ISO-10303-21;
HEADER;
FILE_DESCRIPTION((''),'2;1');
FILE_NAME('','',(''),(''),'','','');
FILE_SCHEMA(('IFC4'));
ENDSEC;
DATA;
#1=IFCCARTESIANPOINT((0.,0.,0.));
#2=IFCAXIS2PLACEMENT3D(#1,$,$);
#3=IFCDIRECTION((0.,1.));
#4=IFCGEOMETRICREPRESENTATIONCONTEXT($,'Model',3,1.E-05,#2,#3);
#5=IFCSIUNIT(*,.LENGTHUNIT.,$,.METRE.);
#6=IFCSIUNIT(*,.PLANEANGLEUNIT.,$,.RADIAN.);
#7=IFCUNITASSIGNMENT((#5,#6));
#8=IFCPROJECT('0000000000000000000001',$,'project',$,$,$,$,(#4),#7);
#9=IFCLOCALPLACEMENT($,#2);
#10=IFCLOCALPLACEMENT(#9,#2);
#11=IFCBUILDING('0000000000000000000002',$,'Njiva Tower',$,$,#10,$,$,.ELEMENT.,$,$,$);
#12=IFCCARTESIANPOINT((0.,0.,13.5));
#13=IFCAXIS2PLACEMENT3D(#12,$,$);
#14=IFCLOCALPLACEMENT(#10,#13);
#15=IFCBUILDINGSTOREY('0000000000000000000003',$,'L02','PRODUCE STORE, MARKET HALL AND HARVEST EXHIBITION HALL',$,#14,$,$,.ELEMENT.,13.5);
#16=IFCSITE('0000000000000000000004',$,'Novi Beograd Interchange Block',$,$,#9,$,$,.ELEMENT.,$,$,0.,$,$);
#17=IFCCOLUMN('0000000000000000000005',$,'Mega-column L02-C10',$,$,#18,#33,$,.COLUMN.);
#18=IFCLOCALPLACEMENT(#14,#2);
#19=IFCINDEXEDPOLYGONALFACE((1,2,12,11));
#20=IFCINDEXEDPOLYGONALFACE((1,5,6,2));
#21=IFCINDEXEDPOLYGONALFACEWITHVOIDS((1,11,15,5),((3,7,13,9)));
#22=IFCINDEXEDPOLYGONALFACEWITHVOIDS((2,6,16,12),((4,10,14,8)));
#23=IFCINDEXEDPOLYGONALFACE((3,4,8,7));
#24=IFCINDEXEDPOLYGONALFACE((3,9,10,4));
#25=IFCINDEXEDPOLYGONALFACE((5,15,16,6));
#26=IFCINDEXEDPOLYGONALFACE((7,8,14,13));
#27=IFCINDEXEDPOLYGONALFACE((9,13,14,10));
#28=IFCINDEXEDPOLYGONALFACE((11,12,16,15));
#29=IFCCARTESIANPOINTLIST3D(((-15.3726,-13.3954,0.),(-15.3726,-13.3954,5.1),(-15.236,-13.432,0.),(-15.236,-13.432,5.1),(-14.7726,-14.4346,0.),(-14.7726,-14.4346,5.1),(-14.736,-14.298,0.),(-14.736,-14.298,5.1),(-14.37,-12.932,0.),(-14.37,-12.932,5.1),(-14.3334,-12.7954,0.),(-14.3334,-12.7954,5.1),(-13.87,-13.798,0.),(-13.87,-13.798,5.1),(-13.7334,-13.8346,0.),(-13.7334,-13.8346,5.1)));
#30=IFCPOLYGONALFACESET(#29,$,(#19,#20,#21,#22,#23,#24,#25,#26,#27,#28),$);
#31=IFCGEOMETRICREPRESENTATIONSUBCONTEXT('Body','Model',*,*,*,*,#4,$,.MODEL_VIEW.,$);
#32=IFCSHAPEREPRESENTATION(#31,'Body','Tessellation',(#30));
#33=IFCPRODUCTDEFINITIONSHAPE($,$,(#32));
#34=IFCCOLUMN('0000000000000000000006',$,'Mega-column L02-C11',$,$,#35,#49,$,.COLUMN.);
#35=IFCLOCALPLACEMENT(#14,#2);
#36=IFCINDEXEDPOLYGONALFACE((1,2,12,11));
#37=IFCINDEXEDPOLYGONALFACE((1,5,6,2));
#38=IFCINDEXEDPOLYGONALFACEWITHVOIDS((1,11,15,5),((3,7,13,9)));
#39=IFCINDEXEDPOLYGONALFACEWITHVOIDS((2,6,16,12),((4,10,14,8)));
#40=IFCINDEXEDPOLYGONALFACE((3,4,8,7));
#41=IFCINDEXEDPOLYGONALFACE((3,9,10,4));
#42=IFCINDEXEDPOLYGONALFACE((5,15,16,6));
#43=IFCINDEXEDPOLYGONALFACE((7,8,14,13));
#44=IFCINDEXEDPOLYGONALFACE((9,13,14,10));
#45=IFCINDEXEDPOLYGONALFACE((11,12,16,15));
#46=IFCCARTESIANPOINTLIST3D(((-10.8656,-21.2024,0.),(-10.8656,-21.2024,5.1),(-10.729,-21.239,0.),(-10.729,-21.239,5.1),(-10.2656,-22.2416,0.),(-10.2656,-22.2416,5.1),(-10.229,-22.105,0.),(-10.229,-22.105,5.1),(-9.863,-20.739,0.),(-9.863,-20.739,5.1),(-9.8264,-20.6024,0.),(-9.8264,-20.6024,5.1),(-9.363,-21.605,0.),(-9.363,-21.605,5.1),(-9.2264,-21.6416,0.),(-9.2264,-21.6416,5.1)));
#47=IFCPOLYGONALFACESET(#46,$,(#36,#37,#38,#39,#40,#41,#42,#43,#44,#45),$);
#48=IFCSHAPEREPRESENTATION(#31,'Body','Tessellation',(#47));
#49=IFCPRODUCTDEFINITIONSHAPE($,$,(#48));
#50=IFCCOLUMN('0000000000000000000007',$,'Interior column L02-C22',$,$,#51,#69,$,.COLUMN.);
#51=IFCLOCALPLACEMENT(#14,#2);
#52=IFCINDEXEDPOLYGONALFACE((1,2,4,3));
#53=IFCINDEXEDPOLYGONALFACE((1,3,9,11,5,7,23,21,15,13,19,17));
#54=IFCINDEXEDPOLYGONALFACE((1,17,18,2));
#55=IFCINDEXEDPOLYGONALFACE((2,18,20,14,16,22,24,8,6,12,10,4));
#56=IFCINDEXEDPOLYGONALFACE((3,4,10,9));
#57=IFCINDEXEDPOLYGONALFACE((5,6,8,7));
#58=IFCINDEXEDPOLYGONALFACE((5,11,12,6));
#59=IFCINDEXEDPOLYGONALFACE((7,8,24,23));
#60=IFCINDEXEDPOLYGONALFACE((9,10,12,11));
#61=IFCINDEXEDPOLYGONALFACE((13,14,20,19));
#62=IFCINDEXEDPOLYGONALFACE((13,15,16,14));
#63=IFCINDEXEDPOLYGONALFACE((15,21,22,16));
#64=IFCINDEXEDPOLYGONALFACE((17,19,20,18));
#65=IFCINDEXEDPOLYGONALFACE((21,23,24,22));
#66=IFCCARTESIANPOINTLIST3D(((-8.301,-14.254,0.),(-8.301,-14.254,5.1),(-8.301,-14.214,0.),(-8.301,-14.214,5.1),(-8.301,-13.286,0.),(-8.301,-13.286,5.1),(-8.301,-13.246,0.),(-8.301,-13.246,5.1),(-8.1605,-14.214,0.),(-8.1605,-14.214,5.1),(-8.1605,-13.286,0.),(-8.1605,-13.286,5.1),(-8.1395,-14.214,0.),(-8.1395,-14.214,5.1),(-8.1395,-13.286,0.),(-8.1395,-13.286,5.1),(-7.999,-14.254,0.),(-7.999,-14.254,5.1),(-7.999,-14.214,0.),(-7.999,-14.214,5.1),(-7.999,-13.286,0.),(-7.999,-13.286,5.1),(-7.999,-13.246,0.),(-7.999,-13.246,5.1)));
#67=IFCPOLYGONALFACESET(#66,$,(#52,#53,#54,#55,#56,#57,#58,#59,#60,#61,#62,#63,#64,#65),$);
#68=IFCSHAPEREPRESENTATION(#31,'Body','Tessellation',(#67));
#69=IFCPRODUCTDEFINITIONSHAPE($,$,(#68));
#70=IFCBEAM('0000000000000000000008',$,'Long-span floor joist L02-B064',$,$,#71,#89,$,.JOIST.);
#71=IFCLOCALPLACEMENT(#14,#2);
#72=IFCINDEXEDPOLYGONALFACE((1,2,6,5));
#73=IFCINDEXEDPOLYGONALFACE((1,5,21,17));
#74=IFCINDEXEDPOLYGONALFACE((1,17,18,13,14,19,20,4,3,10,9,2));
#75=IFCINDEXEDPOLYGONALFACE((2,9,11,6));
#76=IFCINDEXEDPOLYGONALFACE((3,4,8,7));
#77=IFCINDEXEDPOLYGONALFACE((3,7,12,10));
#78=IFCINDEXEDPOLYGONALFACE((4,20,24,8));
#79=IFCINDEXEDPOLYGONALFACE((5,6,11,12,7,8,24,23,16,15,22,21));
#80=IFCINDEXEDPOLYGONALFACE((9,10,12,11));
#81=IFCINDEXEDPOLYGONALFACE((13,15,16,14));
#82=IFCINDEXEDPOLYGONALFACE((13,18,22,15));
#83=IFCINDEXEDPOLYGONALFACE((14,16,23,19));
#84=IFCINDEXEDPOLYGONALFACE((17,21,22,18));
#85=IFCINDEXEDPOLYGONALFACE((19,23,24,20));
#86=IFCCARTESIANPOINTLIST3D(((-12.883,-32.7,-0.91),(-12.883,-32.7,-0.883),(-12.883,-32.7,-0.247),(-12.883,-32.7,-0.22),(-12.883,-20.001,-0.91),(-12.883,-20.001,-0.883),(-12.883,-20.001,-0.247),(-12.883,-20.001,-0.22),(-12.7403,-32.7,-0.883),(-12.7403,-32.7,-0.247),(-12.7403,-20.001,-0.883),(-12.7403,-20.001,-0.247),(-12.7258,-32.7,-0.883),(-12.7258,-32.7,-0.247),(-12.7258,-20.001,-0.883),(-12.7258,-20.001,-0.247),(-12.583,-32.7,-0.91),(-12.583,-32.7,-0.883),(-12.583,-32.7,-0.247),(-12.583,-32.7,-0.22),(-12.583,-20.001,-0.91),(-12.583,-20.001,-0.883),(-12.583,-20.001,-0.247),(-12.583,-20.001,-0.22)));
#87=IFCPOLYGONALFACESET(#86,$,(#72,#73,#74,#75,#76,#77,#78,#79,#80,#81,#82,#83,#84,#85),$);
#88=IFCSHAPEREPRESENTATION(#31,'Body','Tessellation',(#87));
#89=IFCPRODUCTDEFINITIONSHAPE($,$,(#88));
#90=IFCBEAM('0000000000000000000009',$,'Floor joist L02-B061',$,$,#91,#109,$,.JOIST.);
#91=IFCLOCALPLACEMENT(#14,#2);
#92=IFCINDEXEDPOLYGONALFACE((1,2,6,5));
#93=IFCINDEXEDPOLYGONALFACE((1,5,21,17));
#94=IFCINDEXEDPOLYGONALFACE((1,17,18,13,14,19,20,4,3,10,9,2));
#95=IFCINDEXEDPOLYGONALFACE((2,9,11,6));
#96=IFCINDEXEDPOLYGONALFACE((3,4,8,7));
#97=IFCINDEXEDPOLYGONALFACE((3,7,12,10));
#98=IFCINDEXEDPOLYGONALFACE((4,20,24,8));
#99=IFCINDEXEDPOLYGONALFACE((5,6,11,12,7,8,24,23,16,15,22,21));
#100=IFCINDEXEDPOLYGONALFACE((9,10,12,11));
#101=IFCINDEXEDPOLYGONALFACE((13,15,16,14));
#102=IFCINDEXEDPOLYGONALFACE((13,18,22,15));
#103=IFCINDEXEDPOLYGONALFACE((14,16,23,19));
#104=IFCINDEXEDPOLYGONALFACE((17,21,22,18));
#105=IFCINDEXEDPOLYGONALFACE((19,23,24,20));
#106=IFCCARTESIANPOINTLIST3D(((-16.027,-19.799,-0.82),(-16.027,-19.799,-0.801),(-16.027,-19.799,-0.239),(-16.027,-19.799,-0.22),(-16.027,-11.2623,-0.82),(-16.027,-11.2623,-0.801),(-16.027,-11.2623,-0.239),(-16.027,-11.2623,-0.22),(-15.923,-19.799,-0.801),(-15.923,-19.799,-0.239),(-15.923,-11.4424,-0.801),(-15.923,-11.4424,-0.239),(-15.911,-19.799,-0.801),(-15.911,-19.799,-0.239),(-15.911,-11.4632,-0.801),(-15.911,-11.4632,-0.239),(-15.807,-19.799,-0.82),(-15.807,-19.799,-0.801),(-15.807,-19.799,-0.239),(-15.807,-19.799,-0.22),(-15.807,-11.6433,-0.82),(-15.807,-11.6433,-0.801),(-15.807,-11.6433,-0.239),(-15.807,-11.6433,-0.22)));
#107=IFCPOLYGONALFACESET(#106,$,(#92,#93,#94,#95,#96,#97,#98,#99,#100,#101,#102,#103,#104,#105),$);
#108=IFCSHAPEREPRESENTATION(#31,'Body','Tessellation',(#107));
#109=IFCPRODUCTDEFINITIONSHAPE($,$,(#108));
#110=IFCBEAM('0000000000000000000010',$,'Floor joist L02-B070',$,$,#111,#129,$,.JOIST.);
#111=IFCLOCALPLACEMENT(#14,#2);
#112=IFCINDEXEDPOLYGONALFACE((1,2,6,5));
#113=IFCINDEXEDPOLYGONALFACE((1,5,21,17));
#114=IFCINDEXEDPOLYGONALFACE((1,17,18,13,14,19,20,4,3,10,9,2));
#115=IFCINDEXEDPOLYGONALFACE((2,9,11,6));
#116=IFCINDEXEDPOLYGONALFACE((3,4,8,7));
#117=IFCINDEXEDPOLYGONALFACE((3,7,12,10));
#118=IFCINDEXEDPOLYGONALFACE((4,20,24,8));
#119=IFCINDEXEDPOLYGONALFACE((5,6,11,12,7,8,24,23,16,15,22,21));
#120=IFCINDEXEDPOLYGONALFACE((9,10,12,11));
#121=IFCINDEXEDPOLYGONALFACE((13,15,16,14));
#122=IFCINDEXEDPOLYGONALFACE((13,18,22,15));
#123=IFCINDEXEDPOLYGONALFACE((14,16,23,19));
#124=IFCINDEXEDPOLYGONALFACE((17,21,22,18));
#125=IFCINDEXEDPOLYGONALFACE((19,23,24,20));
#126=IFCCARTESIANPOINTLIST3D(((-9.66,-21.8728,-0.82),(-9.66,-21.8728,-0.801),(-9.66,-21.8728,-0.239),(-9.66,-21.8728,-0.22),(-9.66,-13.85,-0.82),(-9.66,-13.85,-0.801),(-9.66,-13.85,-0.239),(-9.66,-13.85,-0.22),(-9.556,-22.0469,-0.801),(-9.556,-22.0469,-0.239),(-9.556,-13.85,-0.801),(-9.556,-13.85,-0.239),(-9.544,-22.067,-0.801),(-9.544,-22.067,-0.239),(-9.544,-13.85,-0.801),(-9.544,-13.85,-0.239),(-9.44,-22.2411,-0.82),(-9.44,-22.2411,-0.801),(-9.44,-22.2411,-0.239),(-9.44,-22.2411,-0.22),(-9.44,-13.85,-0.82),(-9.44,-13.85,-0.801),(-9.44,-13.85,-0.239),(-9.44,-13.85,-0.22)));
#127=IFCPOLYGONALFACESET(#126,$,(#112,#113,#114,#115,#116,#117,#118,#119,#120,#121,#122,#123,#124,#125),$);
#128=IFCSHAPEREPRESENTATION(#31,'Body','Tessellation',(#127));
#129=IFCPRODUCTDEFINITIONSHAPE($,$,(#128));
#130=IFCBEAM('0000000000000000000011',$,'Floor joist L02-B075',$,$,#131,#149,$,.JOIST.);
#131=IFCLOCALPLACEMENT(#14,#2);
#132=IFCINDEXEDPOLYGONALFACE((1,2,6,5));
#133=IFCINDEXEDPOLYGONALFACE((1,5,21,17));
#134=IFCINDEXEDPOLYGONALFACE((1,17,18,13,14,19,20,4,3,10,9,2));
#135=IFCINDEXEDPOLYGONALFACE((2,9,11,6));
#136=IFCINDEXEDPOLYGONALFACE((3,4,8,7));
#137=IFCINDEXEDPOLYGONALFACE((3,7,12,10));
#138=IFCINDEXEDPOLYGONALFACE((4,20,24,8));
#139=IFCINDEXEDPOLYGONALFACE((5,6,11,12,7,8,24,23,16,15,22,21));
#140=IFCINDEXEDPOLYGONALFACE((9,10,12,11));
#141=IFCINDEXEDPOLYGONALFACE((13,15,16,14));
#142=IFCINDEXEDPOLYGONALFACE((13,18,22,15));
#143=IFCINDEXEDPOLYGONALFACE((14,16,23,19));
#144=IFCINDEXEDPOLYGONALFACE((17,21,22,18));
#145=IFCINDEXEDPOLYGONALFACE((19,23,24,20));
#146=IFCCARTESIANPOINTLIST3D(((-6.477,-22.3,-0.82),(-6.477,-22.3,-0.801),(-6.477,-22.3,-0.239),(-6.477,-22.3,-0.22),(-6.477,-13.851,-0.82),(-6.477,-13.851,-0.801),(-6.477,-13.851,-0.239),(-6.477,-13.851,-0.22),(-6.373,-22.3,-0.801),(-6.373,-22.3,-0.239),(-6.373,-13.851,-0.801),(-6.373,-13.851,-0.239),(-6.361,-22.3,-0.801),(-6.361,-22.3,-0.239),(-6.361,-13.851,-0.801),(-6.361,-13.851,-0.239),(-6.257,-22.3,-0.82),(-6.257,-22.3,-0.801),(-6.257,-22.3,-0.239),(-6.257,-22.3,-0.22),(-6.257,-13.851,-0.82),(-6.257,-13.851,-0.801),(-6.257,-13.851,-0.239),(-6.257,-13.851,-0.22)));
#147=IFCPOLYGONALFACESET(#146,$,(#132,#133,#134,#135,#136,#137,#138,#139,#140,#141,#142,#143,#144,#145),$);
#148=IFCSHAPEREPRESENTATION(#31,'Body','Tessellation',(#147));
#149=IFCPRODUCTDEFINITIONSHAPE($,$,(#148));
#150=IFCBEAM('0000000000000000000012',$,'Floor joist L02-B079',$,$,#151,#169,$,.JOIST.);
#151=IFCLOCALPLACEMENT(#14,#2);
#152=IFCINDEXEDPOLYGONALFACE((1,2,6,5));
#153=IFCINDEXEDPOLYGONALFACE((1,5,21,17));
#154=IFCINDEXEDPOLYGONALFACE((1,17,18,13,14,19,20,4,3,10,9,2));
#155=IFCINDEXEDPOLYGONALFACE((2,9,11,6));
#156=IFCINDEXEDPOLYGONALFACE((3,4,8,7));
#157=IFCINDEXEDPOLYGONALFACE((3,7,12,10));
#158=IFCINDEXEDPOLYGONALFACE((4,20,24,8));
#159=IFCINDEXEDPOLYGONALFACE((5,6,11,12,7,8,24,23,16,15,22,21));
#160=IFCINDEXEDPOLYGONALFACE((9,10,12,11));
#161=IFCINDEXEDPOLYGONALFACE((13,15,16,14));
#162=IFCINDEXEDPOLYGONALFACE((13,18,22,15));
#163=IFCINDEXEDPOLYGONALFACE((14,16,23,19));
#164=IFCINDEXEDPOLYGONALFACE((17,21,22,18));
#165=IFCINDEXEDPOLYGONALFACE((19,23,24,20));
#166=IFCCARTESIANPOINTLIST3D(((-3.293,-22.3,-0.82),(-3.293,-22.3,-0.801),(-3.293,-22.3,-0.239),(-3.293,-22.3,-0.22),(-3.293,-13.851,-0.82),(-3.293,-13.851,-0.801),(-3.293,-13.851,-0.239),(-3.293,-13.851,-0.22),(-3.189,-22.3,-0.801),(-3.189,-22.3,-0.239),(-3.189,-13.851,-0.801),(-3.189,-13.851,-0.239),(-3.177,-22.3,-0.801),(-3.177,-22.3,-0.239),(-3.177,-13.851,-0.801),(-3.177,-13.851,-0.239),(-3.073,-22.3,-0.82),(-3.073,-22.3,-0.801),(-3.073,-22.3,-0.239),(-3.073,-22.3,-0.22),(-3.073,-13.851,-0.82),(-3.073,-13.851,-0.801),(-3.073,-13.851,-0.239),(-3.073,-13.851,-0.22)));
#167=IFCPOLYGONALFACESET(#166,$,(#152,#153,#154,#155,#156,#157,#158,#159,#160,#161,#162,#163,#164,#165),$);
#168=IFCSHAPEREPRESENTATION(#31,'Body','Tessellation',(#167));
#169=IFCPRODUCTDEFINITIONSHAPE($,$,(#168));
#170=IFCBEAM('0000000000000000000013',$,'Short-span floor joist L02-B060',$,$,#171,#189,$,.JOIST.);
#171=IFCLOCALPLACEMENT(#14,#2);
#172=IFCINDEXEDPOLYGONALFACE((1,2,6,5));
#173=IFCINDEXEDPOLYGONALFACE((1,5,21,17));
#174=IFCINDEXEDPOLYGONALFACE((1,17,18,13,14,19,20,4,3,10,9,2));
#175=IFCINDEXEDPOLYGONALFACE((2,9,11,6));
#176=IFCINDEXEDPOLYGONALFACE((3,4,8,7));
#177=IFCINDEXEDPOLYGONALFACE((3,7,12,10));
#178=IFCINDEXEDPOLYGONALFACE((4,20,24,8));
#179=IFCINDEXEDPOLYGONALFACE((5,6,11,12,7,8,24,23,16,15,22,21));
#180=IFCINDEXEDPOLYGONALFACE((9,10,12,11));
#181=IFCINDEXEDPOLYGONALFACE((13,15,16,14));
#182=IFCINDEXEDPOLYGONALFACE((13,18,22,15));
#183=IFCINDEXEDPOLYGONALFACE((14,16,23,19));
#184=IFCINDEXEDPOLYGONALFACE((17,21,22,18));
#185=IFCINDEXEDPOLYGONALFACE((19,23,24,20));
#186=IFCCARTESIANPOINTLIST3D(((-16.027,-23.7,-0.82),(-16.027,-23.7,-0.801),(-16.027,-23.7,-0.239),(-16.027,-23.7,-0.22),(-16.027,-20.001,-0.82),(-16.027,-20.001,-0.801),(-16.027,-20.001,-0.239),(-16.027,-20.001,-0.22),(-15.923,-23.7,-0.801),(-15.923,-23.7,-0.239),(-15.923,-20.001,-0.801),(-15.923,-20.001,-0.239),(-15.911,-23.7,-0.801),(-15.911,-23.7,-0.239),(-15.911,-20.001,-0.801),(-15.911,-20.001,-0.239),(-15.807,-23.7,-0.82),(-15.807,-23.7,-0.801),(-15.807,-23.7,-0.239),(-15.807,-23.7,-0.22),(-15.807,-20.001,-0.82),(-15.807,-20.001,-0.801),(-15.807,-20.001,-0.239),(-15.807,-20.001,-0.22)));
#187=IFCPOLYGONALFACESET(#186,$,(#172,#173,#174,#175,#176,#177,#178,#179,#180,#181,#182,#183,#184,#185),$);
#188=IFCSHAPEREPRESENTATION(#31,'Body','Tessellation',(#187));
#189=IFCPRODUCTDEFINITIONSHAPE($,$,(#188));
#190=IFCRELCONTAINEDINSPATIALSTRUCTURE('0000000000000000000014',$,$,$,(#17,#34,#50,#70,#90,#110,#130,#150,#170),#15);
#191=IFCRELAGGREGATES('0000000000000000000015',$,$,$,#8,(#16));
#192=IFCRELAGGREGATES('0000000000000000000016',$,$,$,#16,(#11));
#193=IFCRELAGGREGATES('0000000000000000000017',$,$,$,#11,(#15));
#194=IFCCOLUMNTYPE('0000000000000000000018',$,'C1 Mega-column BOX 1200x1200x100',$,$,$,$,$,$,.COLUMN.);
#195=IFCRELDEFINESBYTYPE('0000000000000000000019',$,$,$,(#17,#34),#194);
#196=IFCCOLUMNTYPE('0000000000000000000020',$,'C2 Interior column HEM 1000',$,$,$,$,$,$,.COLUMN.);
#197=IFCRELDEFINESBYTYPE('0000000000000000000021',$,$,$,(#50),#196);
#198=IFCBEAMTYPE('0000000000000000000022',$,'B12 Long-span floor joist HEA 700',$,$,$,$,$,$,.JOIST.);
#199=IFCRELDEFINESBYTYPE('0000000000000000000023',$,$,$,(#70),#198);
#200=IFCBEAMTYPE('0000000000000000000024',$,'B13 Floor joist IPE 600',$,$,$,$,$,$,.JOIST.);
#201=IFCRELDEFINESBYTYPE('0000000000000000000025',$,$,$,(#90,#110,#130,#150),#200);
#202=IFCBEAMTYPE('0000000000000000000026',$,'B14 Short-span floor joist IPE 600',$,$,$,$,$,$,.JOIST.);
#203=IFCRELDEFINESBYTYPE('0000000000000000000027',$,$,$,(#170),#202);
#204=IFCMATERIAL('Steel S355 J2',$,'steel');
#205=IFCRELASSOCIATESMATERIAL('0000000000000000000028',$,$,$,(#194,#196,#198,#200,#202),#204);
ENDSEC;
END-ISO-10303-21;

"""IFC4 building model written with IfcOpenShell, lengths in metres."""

from ifc_helpers import new_model, si_unit, direction, frame, origin, origin_2d, place, context, subcontext, project, spatial, hollow_rectangle, i_section, extrude, clip, halfspace, material, material_profile, profile_set, type_object, element, save


model = new_model("IFC4")

# Units and contexts
model_context = context("Model", 3, precision=1e-05, world=origin(), true_north=direction((0.0, 1.0)))
body_context = subcontext(model_context, "Body", "Model", "MODEL_VIEW")
ifc_project = project(units=[si_unit("LENGTHUNIT", "METRE"), si_unit("PLANEANGLEUNIT", "RADIAN")], contexts=[model_context])

# Site, building, storey
site_placement = place(None, origin())
site = spatial("IfcSite", under=ifc_project, at=site_placement, Name="Novi Beograd Interchange Block", CompositionType="ELEMENT", RefElevation=0.0)
building_placement = place(site_placement, origin())
building = spatial("IfcBuilding", under=site, at=building_placement, Name="Njiva Tower", CompositionType="ELEMENT")
storey_placement = place(building_placement, frame((0.0, 0.0, 13.5)))
storey = spatial("IfcBuildingStorey", under=building, at=storey_placement, Name="L02", Description="PRODUCE STORE, MARKET HALL AND HARVEST EXHIBITION HALL", CompositionType="ELEMENT", Elevation=13.5)

# Columns
ifc_material_1 = material(Name="Steel S355 J2", Category="steel")
ifc_material_profile_1 = material_profile(ifc_material_1, hollow_rectangle(XDim=1.2, YDim=1.2, WallThickness=0.1, at=origin_2d()), Name="BOX 1200x1200x100")
ifc_profile_set_1 = profile_set([ifc_material_profile_1], Name="Steel S355 J2")
column_type_1 = type_object("IfcColumnType", Name="C1 Mega-column BOX 1200x1200x100", PredefinedType="COLUMN", material=ifc_profile_set_1)
for number, where, z_axis, x_axis, name in (
    (1, (-14.553, -13.615, 0.0), (0.0, 0.0, 1.0), (0.5, -0.866025, 0.0), "Mega-column L02-C10"),
    (2, (-10.046, -21.422, 0.0), (0.0, 0.0, 1.0), (0.5, -0.866025, 0.0), "Mega-column L02-C11"),
):
    element("IfcColumn", number, at=place(storey_placement, frame(where, z_axis=z_axis, x_axis=x_axis)), inside=storey, type_object=column_type_1, Name=name, PredefinedType="COLUMN", context=body_context, shape_type="SweptSolid", body=[
        extrude(hollow_rectangle(XDim=1.2, YDim=1.2, WallThickness=0.1, at=origin_2d()), origin(), (0.0, 0.0, 1.0), 5.1),
    ])
ifc_material_profile_2 = material_profile(ifc_material_1, i_section(OverallWidth=0.302, OverallDepth=1.008, WebThickness=0.021, FlangeThickness=0.04, at=origin_2d()), Name="HEM 1000")
ifc_profile_set_2 = profile_set([ifc_material_profile_2], Name="Steel S355 J2")
column_type_2 = type_object("IfcColumnType", Name="C2 Interior column HEM 1000", PredefinedType="COLUMN", material=ifc_profile_set_2)
column_placement = place(storey_placement, frame((-8.15, -13.75, 0.0), z_axis=(0.0, 0.0, 1.0), x_axis=(1.0, 0.0, 0.0)))
element("IfcColumn", 3, at=column_placement, inside=storey, type_object=column_type_2, Name="Interior column L02-C22", PredefinedType="COLUMN", context=body_context, shape_type="SweptSolid", body=[
    extrude(i_section(OverallWidth=0.302, OverallDepth=1.008, WebThickness=0.021, FlangeThickness=0.04, at=origin_2d()), origin(), (0.0, 0.0, 1.0), 5.1),
])

# Beams
ifc_material_profile_3 = material_profile(ifc_material_1, i_section(OverallWidth=0.3, OverallDepth=0.69, WebThickness=0.0145, FlangeThickness=0.027, at=origin_2d()), Name="HEA 700")
ifc_profile_set_3 = profile_set([ifc_material_profile_3], Name="Steel S355 J2")
beam_type_1 = type_object("IfcBeamType", Name="B12 Long-span floor joist HEA 700", PredefinedType="JOIST", material=ifc_profile_set_3)
beam_1_placement = place(storey_placement, frame((-12.733, -20.001, -0.565), z_axis=(0.0, -1.0, 0.0), x_axis=(1.0, 0.0, 0.0)))
element("IfcBeam", 4, at=beam_1_placement, inside=storey, type_object=beam_type_1, Name="Long-span floor joist L02-B064", PredefinedType="JOIST", context=body_context, shape_type="SweptSolid", body=[
    extrude(i_section(OverallWidth=0.3, OverallDepth=0.69, WebThickness=0.0145, FlangeThickness=0.027, at=origin_2d()), origin(), (0.0, 0.0, 1.0), 12.699),
])
ifc_material_profile_4 = material_profile(ifc_material_1, i_section(OverallWidth=0.22, OverallDepth=0.6, WebThickness=0.012, FlangeThickness=0.019, at=origin_2d()), Name="IPE 600")
ifc_profile_set_4 = profile_set([ifc_material_profile_4], Name="Steel S355 J2")
beam_type_2 = type_object("IfcBeamType", Name="B13 Floor joist IPE 600", PredefinedType="JOIST", material=ifc_profile_set_4)
beam_2_placement = place(storey_placement, frame((-15.917, -11.242, -0.52), z_axis=(0.0, -1.0, 0.0), x_axis=(1.0, 0.0, 0.0)))
element("IfcBeam", 5, at=beam_2_placement, inside=storey, type_object=beam_type_2, Name="Floor joist L02-B061", PredefinedType="JOIST", context=body_context, shape_type="Clipping", body=[
    clip(extrude(i_section(OverallWidth=0.22, OverallDepth=0.6, WebThickness=0.012, FlangeThickness=0.019, at=origin_2d()), origin(), (0.0, 0.0, 1.0), 8.557), halfspace(frame((0.0436, 0.0, 0.2863), z_axis=(0.866027, 0.0, -0.499998), x_axis=(0.0, -1.0, 0.0)), False)),
])
beam_3_placement = place(storey_placement, frame((-9.55, -13.85, -0.52), z_axis=(0.0, -1.0, 0.0), x_axis=(1.0, 0.0, 0.0)))
element("IfcBeam", 6, at=beam_3_placement, inside=storey, type_object=beam_type_2, Name="Floor joist L02-B070", PredefinedType="JOIST", context=body_context, shape_type="Clipping", body=[
    clip(extrude(i_section(OverallWidth=0.22, OverallDepth=0.6, WebThickness=0.012, FlangeThickness=0.019, at=origin_2d()), origin(), (0.0, 0.0, 1.0), 8.411), halfspace(frame((-0.0429, 0.0, 8.1351), z_axis=(-0.858483, 0.0, 0.512842), x_axis=(0.0, 1.0, 0.0)), False)),
])
for number, where, z_axis, x_axis, name in (
    (7, (-6.367, -13.851, -0.52), (0.0, -1.0, 0.0), (1.0, 0.0, 0.0), "Floor joist L02-B075"),
    (8, (-3.183, -13.851, -0.52), (0.0, -1.0, 0.0), (1.0, 0.0, 0.0), "Floor joist L02-B079"),
):
    element("IfcBeam", number, at=place(storey_placement, frame(where, z_axis=z_axis, x_axis=x_axis)), inside=storey, type_object=beam_type_2, Name=name, PredefinedType="JOIST", context=body_context, shape_type="SweptSolid", body=[
        extrude(i_section(OverallWidth=0.22, OverallDepth=0.6, WebThickness=0.012, FlangeThickness=0.019, at=origin_2d()), origin(), (0.0, 0.0, 1.0), 8.449),
    ])
ifc_material_profile_5 = material_profile(ifc_material_1, i_section(OverallWidth=0.22, OverallDepth=0.6, WebThickness=0.012, FlangeThickness=0.019, at=origin_2d()), Name="IPE 600")
ifc_profile_set_5 = profile_set([ifc_material_profile_5], Name="Steel S355 J2")
beam_type_3 = type_object("IfcBeamType", Name="B14 Short-span floor joist IPE 600", PredefinedType="JOIST", material=ifc_profile_set_5)
beam_4_placement = place(storey_placement, frame((-15.917, -20.001, -0.52), z_axis=(0.0, -1.0, 0.0), x_axis=(1.0, 0.0, 0.0)))
element("IfcBeam", 9, at=beam_4_placement, inside=storey, type_object=beam_type_3, Name="Short-span floor joist L02-B060", PredefinedType="JOIST", context=body_context, shape_type="SweptSolid", body=[
    extrude(i_section(OverallWidth=0.22, OverallDepth=0.6, WebThickness=0.012, FlangeThickness=0.019, at=origin_2d()), origin(), (0.0, 0.0, 1.0), 3.699),
])

save(model, "model.ifc")
